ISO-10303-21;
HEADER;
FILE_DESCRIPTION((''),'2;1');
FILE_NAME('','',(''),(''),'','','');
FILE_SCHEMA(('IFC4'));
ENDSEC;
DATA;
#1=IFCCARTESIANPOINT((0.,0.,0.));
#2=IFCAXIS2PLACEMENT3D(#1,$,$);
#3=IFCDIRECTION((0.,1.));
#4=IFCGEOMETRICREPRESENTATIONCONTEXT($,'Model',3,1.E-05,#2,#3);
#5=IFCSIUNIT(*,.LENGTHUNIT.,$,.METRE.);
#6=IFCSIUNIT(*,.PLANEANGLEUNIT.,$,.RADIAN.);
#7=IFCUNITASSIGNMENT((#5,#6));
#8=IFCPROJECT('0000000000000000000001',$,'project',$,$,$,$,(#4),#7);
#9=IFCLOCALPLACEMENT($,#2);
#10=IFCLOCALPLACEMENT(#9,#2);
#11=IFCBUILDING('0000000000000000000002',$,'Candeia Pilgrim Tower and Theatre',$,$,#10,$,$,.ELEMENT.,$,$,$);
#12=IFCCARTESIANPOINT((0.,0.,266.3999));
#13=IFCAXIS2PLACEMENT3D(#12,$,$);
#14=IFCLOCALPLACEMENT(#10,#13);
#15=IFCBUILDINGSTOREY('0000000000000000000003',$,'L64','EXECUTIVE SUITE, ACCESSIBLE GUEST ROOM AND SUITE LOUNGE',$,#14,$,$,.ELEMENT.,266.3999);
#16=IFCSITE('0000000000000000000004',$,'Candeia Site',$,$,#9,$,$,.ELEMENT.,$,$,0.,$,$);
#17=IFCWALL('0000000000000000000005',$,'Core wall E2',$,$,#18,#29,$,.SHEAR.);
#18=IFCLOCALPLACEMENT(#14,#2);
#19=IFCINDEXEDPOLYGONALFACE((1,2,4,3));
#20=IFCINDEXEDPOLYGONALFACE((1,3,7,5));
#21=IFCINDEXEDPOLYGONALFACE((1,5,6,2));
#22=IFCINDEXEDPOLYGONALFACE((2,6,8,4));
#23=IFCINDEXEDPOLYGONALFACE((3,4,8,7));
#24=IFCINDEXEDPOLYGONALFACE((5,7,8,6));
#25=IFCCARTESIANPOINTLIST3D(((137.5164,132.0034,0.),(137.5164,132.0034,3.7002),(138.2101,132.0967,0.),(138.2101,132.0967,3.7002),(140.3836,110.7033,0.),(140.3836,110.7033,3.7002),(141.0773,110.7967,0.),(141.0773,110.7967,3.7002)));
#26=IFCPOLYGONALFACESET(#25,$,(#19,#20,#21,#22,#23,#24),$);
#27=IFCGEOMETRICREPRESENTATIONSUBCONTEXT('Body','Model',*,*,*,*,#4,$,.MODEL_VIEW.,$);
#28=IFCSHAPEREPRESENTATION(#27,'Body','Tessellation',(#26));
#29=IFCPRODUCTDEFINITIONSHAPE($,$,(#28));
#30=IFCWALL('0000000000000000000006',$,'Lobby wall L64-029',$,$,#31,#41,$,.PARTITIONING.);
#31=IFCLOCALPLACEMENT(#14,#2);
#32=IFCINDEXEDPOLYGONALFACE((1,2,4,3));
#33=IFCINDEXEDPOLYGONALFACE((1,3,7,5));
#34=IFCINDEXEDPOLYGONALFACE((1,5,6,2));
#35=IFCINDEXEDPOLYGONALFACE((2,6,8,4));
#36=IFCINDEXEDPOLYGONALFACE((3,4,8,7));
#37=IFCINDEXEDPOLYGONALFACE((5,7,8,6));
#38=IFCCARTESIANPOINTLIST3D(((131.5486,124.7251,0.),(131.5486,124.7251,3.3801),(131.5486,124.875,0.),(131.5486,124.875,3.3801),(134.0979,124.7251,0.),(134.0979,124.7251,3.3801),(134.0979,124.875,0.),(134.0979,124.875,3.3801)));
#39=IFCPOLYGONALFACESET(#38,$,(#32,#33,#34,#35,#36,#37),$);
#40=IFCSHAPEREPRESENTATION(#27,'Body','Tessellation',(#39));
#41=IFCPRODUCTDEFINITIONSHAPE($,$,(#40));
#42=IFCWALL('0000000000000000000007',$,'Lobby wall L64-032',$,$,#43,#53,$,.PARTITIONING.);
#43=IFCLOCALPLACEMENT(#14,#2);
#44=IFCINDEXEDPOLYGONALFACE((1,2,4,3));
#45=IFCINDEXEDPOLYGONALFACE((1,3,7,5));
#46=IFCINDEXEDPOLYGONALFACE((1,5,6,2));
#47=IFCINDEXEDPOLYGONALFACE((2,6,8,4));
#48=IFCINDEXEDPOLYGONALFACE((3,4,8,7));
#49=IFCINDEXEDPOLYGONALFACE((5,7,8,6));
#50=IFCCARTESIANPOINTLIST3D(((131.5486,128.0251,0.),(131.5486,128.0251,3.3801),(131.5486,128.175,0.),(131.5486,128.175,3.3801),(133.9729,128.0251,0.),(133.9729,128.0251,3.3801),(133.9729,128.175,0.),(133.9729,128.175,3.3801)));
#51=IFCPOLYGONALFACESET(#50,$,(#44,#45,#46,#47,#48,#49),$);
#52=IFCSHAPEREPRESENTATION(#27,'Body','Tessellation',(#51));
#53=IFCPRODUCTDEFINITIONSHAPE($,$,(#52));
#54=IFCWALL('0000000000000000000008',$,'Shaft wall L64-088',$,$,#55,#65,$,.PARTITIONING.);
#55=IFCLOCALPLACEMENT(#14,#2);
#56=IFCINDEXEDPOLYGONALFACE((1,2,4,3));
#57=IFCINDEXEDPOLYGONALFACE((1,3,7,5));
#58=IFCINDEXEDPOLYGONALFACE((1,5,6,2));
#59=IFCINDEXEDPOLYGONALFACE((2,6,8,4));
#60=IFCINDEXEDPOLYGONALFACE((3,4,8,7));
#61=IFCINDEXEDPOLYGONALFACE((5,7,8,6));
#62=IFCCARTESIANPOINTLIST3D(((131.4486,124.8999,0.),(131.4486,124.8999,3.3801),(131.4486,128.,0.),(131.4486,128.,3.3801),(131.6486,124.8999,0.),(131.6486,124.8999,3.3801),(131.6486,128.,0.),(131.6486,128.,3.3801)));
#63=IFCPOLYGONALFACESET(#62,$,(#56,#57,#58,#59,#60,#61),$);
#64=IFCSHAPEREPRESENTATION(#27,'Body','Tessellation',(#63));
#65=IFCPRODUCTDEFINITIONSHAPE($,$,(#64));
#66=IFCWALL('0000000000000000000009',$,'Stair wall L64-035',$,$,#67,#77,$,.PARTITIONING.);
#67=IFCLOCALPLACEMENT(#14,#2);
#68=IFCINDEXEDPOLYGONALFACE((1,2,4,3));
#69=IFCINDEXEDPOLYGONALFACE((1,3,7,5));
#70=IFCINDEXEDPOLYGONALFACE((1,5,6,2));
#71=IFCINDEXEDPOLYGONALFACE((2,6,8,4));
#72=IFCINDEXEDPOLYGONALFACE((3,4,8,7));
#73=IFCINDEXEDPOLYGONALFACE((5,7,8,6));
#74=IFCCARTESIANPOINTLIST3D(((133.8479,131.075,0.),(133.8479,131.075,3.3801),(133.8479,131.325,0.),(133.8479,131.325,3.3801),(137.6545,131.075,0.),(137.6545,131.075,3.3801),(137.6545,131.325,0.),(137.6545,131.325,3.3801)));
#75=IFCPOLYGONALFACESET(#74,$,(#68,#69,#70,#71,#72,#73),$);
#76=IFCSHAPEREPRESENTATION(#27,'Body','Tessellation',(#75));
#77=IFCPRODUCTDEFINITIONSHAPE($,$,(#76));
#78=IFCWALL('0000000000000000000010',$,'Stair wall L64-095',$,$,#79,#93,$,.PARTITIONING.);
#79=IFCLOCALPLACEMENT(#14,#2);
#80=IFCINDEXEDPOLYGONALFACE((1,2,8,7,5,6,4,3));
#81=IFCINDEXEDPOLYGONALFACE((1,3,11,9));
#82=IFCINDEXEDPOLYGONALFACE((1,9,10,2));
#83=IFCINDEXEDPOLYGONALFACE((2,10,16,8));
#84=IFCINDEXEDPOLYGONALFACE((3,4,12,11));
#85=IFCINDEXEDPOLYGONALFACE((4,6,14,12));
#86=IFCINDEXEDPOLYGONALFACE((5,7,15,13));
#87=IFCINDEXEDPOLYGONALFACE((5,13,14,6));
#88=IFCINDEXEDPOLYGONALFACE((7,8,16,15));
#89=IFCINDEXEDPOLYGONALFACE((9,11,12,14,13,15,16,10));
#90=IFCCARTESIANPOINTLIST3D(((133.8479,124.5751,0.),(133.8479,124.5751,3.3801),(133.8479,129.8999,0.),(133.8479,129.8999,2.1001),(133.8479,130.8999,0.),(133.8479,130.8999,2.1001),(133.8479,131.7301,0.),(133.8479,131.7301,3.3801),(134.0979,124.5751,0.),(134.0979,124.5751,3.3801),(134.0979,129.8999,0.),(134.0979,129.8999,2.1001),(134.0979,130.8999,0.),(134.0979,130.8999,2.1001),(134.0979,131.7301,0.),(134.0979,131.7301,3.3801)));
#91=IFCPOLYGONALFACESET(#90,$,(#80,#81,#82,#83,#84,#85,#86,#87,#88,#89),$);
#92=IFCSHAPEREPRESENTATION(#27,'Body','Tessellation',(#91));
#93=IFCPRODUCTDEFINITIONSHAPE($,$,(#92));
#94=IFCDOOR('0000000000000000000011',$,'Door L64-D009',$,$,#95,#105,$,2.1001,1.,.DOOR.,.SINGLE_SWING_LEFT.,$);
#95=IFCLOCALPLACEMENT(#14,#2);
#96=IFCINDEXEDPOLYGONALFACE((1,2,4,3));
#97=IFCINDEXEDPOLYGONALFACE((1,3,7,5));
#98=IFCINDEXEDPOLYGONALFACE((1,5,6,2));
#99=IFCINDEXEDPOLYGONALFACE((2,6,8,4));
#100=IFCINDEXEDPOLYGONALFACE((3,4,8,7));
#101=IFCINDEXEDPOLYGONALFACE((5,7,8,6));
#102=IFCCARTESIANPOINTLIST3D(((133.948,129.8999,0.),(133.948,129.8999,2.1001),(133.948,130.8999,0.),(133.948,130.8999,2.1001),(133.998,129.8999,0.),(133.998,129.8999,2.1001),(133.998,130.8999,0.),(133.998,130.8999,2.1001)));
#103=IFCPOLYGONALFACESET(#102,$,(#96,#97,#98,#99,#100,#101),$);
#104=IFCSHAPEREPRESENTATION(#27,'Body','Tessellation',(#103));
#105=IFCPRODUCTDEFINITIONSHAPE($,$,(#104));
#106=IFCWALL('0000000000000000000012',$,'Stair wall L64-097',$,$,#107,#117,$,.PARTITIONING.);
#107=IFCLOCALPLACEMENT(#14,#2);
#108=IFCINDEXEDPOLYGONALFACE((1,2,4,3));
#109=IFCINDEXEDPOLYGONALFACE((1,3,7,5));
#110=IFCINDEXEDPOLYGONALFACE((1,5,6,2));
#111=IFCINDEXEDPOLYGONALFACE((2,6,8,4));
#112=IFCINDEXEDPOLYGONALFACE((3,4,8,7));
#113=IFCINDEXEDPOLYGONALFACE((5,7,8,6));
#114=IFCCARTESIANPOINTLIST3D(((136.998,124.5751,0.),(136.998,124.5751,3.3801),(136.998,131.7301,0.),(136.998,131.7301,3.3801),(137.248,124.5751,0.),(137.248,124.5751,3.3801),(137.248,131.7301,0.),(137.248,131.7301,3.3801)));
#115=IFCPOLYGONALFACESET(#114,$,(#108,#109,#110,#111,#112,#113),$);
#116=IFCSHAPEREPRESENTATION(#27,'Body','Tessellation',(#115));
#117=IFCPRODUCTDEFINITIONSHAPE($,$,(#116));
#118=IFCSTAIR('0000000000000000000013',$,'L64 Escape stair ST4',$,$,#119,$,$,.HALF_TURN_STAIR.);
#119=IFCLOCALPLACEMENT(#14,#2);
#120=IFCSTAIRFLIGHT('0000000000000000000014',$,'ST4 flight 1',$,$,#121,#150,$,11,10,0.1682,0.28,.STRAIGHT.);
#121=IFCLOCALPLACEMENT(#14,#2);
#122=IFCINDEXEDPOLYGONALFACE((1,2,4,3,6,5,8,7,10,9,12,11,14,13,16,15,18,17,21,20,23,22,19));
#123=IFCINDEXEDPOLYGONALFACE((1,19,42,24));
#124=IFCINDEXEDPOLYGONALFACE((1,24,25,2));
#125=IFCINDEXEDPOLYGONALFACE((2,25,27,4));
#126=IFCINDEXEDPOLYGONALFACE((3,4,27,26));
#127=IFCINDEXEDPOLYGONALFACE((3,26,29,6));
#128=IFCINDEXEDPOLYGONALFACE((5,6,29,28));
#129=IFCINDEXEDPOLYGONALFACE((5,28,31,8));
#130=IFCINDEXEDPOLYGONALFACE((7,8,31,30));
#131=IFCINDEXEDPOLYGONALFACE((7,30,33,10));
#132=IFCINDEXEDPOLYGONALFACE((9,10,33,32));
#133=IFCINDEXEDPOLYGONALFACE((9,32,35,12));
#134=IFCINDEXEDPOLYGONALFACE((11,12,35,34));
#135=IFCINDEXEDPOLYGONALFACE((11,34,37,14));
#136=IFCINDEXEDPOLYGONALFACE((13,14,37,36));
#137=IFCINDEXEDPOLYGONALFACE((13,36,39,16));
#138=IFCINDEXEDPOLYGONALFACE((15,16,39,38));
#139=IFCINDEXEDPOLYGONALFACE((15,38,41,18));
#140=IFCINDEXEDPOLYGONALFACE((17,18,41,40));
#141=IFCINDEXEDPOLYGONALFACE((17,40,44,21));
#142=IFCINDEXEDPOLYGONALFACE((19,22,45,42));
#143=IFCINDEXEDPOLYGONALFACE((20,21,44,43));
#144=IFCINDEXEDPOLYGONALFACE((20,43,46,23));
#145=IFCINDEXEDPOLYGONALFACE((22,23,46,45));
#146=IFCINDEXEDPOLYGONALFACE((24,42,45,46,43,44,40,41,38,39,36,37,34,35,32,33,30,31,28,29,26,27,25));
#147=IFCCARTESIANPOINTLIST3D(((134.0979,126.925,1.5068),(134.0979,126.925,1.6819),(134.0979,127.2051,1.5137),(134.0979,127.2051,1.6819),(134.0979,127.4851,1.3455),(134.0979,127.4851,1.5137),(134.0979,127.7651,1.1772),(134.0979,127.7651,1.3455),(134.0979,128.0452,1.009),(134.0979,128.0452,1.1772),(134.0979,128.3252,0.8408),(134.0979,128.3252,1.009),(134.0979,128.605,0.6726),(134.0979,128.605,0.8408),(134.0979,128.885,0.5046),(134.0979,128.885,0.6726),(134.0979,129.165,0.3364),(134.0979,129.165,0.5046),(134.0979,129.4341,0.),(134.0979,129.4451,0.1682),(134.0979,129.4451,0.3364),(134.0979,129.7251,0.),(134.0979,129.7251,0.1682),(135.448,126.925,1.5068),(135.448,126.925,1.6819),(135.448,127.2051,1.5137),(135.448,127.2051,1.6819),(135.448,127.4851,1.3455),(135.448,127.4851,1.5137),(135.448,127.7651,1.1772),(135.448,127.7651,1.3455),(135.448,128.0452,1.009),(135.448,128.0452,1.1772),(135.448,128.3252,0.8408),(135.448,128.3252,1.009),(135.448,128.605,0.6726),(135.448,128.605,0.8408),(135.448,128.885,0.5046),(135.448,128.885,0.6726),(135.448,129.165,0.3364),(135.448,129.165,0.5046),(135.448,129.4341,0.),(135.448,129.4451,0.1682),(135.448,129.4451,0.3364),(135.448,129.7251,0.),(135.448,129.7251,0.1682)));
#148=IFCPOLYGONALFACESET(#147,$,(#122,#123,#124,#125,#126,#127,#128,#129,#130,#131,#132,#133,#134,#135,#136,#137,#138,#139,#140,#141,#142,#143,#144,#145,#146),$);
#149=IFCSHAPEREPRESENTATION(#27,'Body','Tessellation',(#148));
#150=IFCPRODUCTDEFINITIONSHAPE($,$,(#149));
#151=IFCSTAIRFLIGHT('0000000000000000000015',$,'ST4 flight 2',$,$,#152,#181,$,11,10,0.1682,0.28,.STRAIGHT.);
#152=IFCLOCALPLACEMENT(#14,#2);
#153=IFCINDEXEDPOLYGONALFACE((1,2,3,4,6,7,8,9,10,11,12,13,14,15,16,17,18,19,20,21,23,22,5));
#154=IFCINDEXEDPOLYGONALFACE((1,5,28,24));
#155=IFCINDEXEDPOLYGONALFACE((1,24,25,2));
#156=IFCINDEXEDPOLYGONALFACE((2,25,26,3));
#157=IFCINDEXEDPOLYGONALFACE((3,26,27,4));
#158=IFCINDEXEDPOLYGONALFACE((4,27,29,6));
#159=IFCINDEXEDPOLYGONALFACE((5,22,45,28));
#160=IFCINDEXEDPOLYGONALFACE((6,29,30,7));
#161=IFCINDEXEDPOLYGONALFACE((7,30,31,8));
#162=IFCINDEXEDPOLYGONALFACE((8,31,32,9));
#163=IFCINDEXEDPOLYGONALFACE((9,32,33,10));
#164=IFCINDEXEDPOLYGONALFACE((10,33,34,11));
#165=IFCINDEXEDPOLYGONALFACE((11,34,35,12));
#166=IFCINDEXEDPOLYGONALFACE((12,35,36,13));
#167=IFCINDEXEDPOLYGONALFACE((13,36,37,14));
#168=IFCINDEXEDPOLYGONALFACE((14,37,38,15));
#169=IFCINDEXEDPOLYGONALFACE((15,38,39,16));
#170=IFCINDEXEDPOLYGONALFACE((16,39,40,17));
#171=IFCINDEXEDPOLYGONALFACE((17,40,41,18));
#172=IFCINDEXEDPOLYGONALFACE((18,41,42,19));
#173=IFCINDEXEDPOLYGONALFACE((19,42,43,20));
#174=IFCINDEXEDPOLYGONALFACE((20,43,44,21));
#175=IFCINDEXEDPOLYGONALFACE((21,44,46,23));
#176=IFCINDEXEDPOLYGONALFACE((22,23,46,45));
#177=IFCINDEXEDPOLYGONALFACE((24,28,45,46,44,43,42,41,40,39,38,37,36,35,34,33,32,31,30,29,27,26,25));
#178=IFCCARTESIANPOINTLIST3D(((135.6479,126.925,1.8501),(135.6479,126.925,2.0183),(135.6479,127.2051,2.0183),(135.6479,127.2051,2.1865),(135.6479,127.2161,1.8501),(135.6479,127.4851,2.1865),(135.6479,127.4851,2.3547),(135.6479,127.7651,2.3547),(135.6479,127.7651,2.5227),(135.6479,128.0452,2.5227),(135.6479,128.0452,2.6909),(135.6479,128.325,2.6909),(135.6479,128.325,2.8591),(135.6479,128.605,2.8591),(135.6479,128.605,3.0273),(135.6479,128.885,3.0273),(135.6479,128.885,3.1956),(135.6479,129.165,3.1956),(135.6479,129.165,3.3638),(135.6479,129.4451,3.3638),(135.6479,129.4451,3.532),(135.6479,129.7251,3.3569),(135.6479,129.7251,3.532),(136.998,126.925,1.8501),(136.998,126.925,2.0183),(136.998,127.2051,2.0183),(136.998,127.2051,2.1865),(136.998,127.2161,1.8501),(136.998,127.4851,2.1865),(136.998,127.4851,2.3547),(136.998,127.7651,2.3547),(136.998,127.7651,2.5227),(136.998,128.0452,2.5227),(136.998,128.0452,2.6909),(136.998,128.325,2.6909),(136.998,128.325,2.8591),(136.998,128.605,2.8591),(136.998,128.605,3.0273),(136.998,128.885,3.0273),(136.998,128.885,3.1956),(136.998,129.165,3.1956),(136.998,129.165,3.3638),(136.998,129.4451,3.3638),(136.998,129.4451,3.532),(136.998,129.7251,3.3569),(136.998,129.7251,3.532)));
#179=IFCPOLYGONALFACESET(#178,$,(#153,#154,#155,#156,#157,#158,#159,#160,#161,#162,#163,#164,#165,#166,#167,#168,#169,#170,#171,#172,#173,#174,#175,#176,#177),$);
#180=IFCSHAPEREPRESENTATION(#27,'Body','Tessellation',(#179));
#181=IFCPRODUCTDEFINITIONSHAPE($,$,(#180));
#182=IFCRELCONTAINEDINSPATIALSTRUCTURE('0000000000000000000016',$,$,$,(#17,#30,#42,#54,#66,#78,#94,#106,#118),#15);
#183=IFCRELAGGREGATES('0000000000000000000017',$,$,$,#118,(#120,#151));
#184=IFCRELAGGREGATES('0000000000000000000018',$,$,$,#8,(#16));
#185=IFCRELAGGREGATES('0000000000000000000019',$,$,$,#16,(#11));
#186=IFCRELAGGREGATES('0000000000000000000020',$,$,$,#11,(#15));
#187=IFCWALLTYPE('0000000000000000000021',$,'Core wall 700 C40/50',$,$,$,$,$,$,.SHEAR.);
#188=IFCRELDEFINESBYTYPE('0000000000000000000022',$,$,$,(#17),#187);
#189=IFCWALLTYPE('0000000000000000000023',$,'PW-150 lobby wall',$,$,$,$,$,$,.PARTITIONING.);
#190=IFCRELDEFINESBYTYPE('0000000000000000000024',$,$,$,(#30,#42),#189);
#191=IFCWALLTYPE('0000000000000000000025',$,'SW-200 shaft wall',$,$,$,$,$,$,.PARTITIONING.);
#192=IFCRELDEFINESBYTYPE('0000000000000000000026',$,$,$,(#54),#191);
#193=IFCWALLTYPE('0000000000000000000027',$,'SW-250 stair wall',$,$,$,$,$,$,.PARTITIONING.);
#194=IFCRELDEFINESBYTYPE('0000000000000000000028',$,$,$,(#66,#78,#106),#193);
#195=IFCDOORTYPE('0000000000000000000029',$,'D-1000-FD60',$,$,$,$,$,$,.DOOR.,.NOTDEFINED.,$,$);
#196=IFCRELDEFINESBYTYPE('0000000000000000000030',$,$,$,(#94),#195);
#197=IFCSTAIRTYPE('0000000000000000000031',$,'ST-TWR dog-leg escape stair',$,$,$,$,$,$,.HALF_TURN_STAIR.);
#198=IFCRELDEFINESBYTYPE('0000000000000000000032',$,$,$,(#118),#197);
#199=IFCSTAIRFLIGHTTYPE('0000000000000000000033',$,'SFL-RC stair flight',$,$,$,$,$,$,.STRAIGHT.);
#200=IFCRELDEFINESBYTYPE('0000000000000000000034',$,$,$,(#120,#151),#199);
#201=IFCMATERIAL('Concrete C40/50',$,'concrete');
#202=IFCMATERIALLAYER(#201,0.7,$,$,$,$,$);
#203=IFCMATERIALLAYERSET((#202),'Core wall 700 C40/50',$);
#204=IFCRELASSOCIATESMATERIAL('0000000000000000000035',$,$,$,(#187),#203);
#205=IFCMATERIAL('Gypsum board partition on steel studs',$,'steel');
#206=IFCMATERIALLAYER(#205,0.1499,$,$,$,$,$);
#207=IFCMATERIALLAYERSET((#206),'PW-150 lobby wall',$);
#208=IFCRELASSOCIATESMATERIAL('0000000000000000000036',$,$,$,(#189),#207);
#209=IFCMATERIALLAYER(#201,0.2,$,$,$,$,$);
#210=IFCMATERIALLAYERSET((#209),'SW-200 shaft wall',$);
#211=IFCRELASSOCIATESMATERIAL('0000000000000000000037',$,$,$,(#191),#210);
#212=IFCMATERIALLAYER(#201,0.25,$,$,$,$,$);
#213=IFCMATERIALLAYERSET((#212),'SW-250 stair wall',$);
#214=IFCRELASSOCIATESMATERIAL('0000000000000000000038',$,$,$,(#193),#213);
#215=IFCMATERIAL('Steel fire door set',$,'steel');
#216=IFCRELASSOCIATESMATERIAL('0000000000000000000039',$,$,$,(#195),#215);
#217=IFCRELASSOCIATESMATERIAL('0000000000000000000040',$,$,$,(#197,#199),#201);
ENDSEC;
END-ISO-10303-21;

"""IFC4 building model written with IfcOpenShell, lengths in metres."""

from ifc_helpers import new_model, si_unit, direction, frame, frame_2d, origin, place, context, subcontext, project, spatial, polyline, rectangle, outline, extrude, material, layer, layer_set, type_object, element, fill, aggregate, save


model = new_model("IFC4")

# Units and contexts
model_context = context("Model", 3, precision=1e-05, world=origin(), true_north=direction((0.0, 1.0)))
body_context = subcontext(model_context, "Body", "Model", "MODEL_VIEW")
ifc_project = project(units=[si_unit("LENGTHUNIT", "METRE"), si_unit("PLANEANGLEUNIT", "RADIAN")], contexts=[model_context])

# Site, building, storey
site_placement = place(None, origin())
site = spatial("IfcSite", under=ifc_project, at=site_placement, Name="Candeia Site", CompositionType="ELEMENT", RefElevation=0.0)
building_placement = place(site_placement, origin())
building = spatial("IfcBuilding", under=site, at=building_placement, Name="Candeia Pilgrim Tower and Theatre", CompositionType="ELEMENT")
storey_placement = place(building_placement, frame((0.0, 0.0, 266.3999)))
storey = spatial("IfcBuildingStorey", under=building, at=storey_placement, Name="L64", Description="EXECUTIVE SUITE, ACCESSIBLE GUEST ROOM AND SUITE LOUNGE", CompositionType="ELEMENT", Elevation=266.3999)

# Wall
ifc_material_1 = material(Name="Concrete C40/50", Category="concrete")
ifc_layer_1 = layer(ifc_material_1, 0.7)
ifc_layer_set_1 = layer_set([ifc_layer_1], Name="Core wall 700 C40/50")
wall_type_1 = type_object("IfcWallType", Name="Core wall 700 C40/50", PredefinedType="SHEAR", material=ifc_layer_set_1)
wall_1_placement = place(storey_placement, frame((137.8633, 132.05, 0.0), z_axis=(0.0, 0.0, 1.0), x_axis=(0.133406, -0.991061, 0.0)))
element("IfcWall", 1, at=wall_1_placement, inside=storey, type_object=wall_type_1, Name="Core wall E2", PredefinedType="SHEAR", context=body_context, shape_type="SweptSolid", body=[
    extrude(rectangle(XDim=21.4922, YDim=0.7, at=frame_2d((10.7461, 0.0))), origin(), (0.0, 0.0, 1.0), 3.7002),
])

# Walls
ifc_material_2 = material(Name="Gypsum board partition on steel studs", Category="steel")
ifc_layer_2 = layer(ifc_material_2, 0.1499)
ifc_layer_set_2 = layer_set([ifc_layer_2], Name="PW-150 lobby wall")
wall_type_2 = type_object("IfcWallType", Name="PW-150 lobby wall", PredefinedType="PARTITIONING", material=ifc_layer_set_2)
wall_2_placement = place(storey_placement, frame((131.5486, 124.8, 0.0), z_axis=(0.0, 0.0, 1.0), x_axis=(1.0, 0.0, 0.0)))
element("IfcWall", 2, at=wall_2_placement, inside=storey, type_object=wall_type_2, Name="Lobby wall L64-029", PredefinedType="PARTITIONING", context=body_context, shape_type="SweptSolid", body=[
    extrude(rectangle(XDim=2.5493, YDim=0.1499, at=frame_2d((1.2747, 0.0))), origin(), (0.0, 0.0, 1.0), 3.3801),
])
wall_3_placement = place(storey_placement, frame((131.5486, 128.1001, 0.0), z_axis=(0.0, 0.0, 1.0), x_axis=(1.0, 0.0, 0.0)))
element("IfcWall", 3, at=wall_3_placement, inside=storey, type_object=wall_type_2, Name="Lobby wall L64-032", PredefinedType="PARTITIONING", context=body_context, shape_type="SweptSolid", body=[
    extrude(rectangle(XDim=2.4243, YDim=0.1499, at=frame_2d((1.2122, 0.0))), origin(), (0.0, 0.0, 1.0), 3.3801),
])
ifc_layer_3 = layer(ifc_material_1, 0.2)
ifc_layer_set_3 = layer_set([ifc_layer_3], Name="SW-200 shaft wall")
wall_type_3 = type_object("IfcWallType", Name="SW-200 shaft wall", PredefinedType="PARTITIONING", material=ifc_layer_set_3)
wall_4_placement = place(storey_placement, frame((131.5486, 124.8999, 0.0), z_axis=(0.0, 0.0, 1.0), x_axis=(0.0, 1.0, 0.0)))
element("IfcWall", 4, at=wall_4_placement, inside=storey, type_object=wall_type_3, Name="Shaft wall L64-088", PredefinedType="PARTITIONING", context=body_context, shape_type="SweptSolid", body=[
    extrude(rectangle(XDim=3.1001, YDim=0.2, at=frame_2d((1.55, 0.0))), origin(), (0.0, 0.0, 1.0), 3.3801),
])
ifc_layer_4 = layer(ifc_material_1, 0.25)
ifc_layer_set_4 = layer_set([ifc_layer_4], Name="SW-250 stair wall")
wall_type_4 = type_object("IfcWallType", Name="SW-250 stair wall", PredefinedType="PARTITIONING", material=ifc_layer_set_4)
wall_5_placement = place(storey_placement, frame((133.8479, 131.2, 0.0), z_axis=(0.0, 0.0, 1.0), x_axis=(1.0, 0.0, 0.0)))
element("IfcWall", 5, at=wall_5_placement, inside=storey, type_object=wall_type_4, Name="Stair wall L64-035", PredefinedType="PARTITIONING", context=body_context, shape_type="SweptSolid", body=[
    extrude(rectangle(XDim=3.8066, YDim=0.25, at=frame_2d((1.9033, 0.0))), origin(), (0.0, 0.0, 1.0), 3.3801),
])

# Wall, opening, door
wall_6_placement = place(storey_placement, frame((133.9729, 124.575, 0.0), z_axis=(0.0, 0.0, 1.0), x_axis=(0.0, 1.0, 0.0)))
wall_6 = element("IfcWall", 6, at=wall_6_placement, inside=storey, type_object=wall_type_4, Name="Stair wall L64-095", PredefinedType="PARTITIONING", context=body_context, shape_type="SweptSolid", body=[
    extrude(rectangle(XDim=7.155, YDim=0.25, at=frame_2d((3.5776, 0.0))), origin(), (0.0, 0.0, 1.0), 3.3801),
])
opening_1_placement = place(wall_6_placement, frame((5.325, 0.0, 0.0)))
opening_1 = element("IfcOpeningElement", 7, at=opening_1_placement, cuts=wall_6, PredefinedType="OPENING", context=body_context, shape_type="SweptSolid", body=[
    extrude(rectangle(XDim=1.0, YDim=2.1001, at=frame_2d((0.5, 1.05))), frame((0.0, 0.135, 0.0), z_axis=(0.0, -1.0, 0.0), x_axis=(1.0, 0.0, 0.0)), (0.0, 0.0, 1.0), 0.27),
])
ifc_material_3 = material(Name="Steel fire door set", Category="steel")
door_type_1 = type_object("IfcDoorType", Name="D-1000-FD60", OperationType="NOTDEFINED", PredefinedType="DOOR", material=ifc_material_3)
door_1_placement = place(opening_1_placement, origin())
door_1 = element("IfcDoor", 8, at=door_1_placement, inside=storey, type_object=door_type_1, Name="Door L64-D009", OperationType="SINGLE_SWING_LEFT", OverallHeight=2.1001, OverallWidth=1.0, PredefinedType="DOOR", context=body_context, shape_type="SweptSolid", body=[
    extrude(rectangle(XDim=1.0, YDim=2.1001, at=frame_2d((0.5, 1.05))), frame((0.0, 0.0249, 0.0), z_axis=(0.0, -1.0, 0.0), x_axis=(1.0, 0.0, 0.0)), (0.0, 0.0, 1.0), 0.05),
])
fill(opening_1, door_1)

# Wall
wall_7_placement = place(storey_placement, frame((137.123, 124.575, 0.0), z_axis=(0.0, 0.0, 1.0), x_axis=(0.0, 1.0, 0.0)))
element("IfcWall", 9, at=wall_7_placement, inside=storey, type_object=wall_type_4, Name="Stair wall L64-097", PredefinedType="PARTITIONING", context=body_context, shape_type="SweptSolid", body=[
    extrude(rectangle(XDim=7.155, YDim=0.25, at=frame_2d((3.5776, 0.0))), origin(), (0.0, 0.0, 1.0), 3.3801),
])

# Stair, stair flights
stair_type = type_object("IfcStairType", Name="ST-TWR dog-leg escape stair", PredefinedType="HALF_TURN_STAIR", material=ifc_material_1)
stair_placement = place(storey_placement, origin())
stair = element("IfcStair", 10, at=stair_placement, inside=storey, type_object=stair_type, Name="L64 Escape stair ST4", PredefinedType="HALF_TURN_STAIR")
stair_flight_type = type_object("IfcStairFlightType", Name="SFL-RC stair flight", PredefinedType="STRAIGHT", material=ifc_material_1)
stair_flight_1_placement = place(storey_placement, frame((134.7729, 129.7251, 0.0), z_axis=(0.0, 0.0, 1.0), x_axis=(0.0, -1.0, 0.0)))
stair_flight_1 = element("IfcStairFlight", 11, at=stair_flight_1_placement, type_object=stair_flight_type, Name="ST4 flight 1", NumberOfRisers=11, NumberOfTreads=10, PredefinedType="STRAIGHT", RiserHeight=0.1682, TreadLength=0.28, context=body_context, shape_type="SweptSolid", body=[
    extrude(outline(polyline([(0.0, 0.0), (0.0, 0.1682), (0.28, 0.1682), (0.28, 0.3364), (0.5601, 0.3364), (0.5601, 0.5046), (0.8401, 0.5046), (0.8401, 0.6726), (1.1201, 0.6726), (1.1201, 0.8408), (1.3999, 0.8408), (1.3999, 1.009), (1.6799, 1.009), (1.6799, 1.1772), (1.96, 1.1772), (1.96, 1.3455), (2.24, 1.3455), (2.24, 1.5137), (2.52, 1.5137), (2.52, 1.6819), (2.8, 1.6819), (2.8, 1.8501), (2.8, 1.5068), (0.291, 0.0), (0.0, 0.0)])), frame((0.0, 0.675, 0.0), z_axis=(0.0, -1.0, 0.0), x_axis=(1.0, 0.0, 0.0)), (0.0, 0.0, 1.0), 1.3501),
])
stair_flight_2_placement = place(storey_placement, frame((136.323, 126.925, 1.8501), z_axis=(0.0, 0.0, 1.0), x_axis=(0.0, 1.0, 0.0)))
stair_flight_2 = element("IfcStairFlight", 12, at=stair_flight_2_placement, type_object=stair_flight_type, Name="ST4 flight 2", NumberOfRisers=11, NumberOfTreads=10, PredefinedType="STRAIGHT", RiserHeight=0.1682, TreadLength=0.28, context=body_context, shape_type="SweptSolid", body=[
    extrude(outline(polyline([(0.0, 0.0), (0.0, 0.1682), (0.28, 0.1682), (0.28, 0.3364), (0.5601, 0.3364), (0.5601, 0.5046), (0.8401, 0.5046), (0.8401, 0.6726), (1.1201, 0.6726), (1.1201, 0.8408), (1.3999, 0.8408), (1.3999, 1.009), (1.6799, 1.009), (1.6799, 1.1772), (1.96, 1.1772), (1.96, 1.3455), (2.24, 1.3455), (2.24, 1.5137), (2.52, 1.5137), (2.52, 1.6819), (2.8, 1.6819), (2.8, 1.8501), (2.8, 1.5068), (0.291, 0.0), (0.0, 0.0)])), frame((0.0, 0.675, 0.0), z_axis=(0.0, -1.0, 0.0), x_axis=(1.0, 0.0, 0.0)), (0.0, 0.0, 1.0), 1.3501),
])
aggregate(stair, [stair_flight_1, stair_flight_2])

save(model, "model.ifc")
